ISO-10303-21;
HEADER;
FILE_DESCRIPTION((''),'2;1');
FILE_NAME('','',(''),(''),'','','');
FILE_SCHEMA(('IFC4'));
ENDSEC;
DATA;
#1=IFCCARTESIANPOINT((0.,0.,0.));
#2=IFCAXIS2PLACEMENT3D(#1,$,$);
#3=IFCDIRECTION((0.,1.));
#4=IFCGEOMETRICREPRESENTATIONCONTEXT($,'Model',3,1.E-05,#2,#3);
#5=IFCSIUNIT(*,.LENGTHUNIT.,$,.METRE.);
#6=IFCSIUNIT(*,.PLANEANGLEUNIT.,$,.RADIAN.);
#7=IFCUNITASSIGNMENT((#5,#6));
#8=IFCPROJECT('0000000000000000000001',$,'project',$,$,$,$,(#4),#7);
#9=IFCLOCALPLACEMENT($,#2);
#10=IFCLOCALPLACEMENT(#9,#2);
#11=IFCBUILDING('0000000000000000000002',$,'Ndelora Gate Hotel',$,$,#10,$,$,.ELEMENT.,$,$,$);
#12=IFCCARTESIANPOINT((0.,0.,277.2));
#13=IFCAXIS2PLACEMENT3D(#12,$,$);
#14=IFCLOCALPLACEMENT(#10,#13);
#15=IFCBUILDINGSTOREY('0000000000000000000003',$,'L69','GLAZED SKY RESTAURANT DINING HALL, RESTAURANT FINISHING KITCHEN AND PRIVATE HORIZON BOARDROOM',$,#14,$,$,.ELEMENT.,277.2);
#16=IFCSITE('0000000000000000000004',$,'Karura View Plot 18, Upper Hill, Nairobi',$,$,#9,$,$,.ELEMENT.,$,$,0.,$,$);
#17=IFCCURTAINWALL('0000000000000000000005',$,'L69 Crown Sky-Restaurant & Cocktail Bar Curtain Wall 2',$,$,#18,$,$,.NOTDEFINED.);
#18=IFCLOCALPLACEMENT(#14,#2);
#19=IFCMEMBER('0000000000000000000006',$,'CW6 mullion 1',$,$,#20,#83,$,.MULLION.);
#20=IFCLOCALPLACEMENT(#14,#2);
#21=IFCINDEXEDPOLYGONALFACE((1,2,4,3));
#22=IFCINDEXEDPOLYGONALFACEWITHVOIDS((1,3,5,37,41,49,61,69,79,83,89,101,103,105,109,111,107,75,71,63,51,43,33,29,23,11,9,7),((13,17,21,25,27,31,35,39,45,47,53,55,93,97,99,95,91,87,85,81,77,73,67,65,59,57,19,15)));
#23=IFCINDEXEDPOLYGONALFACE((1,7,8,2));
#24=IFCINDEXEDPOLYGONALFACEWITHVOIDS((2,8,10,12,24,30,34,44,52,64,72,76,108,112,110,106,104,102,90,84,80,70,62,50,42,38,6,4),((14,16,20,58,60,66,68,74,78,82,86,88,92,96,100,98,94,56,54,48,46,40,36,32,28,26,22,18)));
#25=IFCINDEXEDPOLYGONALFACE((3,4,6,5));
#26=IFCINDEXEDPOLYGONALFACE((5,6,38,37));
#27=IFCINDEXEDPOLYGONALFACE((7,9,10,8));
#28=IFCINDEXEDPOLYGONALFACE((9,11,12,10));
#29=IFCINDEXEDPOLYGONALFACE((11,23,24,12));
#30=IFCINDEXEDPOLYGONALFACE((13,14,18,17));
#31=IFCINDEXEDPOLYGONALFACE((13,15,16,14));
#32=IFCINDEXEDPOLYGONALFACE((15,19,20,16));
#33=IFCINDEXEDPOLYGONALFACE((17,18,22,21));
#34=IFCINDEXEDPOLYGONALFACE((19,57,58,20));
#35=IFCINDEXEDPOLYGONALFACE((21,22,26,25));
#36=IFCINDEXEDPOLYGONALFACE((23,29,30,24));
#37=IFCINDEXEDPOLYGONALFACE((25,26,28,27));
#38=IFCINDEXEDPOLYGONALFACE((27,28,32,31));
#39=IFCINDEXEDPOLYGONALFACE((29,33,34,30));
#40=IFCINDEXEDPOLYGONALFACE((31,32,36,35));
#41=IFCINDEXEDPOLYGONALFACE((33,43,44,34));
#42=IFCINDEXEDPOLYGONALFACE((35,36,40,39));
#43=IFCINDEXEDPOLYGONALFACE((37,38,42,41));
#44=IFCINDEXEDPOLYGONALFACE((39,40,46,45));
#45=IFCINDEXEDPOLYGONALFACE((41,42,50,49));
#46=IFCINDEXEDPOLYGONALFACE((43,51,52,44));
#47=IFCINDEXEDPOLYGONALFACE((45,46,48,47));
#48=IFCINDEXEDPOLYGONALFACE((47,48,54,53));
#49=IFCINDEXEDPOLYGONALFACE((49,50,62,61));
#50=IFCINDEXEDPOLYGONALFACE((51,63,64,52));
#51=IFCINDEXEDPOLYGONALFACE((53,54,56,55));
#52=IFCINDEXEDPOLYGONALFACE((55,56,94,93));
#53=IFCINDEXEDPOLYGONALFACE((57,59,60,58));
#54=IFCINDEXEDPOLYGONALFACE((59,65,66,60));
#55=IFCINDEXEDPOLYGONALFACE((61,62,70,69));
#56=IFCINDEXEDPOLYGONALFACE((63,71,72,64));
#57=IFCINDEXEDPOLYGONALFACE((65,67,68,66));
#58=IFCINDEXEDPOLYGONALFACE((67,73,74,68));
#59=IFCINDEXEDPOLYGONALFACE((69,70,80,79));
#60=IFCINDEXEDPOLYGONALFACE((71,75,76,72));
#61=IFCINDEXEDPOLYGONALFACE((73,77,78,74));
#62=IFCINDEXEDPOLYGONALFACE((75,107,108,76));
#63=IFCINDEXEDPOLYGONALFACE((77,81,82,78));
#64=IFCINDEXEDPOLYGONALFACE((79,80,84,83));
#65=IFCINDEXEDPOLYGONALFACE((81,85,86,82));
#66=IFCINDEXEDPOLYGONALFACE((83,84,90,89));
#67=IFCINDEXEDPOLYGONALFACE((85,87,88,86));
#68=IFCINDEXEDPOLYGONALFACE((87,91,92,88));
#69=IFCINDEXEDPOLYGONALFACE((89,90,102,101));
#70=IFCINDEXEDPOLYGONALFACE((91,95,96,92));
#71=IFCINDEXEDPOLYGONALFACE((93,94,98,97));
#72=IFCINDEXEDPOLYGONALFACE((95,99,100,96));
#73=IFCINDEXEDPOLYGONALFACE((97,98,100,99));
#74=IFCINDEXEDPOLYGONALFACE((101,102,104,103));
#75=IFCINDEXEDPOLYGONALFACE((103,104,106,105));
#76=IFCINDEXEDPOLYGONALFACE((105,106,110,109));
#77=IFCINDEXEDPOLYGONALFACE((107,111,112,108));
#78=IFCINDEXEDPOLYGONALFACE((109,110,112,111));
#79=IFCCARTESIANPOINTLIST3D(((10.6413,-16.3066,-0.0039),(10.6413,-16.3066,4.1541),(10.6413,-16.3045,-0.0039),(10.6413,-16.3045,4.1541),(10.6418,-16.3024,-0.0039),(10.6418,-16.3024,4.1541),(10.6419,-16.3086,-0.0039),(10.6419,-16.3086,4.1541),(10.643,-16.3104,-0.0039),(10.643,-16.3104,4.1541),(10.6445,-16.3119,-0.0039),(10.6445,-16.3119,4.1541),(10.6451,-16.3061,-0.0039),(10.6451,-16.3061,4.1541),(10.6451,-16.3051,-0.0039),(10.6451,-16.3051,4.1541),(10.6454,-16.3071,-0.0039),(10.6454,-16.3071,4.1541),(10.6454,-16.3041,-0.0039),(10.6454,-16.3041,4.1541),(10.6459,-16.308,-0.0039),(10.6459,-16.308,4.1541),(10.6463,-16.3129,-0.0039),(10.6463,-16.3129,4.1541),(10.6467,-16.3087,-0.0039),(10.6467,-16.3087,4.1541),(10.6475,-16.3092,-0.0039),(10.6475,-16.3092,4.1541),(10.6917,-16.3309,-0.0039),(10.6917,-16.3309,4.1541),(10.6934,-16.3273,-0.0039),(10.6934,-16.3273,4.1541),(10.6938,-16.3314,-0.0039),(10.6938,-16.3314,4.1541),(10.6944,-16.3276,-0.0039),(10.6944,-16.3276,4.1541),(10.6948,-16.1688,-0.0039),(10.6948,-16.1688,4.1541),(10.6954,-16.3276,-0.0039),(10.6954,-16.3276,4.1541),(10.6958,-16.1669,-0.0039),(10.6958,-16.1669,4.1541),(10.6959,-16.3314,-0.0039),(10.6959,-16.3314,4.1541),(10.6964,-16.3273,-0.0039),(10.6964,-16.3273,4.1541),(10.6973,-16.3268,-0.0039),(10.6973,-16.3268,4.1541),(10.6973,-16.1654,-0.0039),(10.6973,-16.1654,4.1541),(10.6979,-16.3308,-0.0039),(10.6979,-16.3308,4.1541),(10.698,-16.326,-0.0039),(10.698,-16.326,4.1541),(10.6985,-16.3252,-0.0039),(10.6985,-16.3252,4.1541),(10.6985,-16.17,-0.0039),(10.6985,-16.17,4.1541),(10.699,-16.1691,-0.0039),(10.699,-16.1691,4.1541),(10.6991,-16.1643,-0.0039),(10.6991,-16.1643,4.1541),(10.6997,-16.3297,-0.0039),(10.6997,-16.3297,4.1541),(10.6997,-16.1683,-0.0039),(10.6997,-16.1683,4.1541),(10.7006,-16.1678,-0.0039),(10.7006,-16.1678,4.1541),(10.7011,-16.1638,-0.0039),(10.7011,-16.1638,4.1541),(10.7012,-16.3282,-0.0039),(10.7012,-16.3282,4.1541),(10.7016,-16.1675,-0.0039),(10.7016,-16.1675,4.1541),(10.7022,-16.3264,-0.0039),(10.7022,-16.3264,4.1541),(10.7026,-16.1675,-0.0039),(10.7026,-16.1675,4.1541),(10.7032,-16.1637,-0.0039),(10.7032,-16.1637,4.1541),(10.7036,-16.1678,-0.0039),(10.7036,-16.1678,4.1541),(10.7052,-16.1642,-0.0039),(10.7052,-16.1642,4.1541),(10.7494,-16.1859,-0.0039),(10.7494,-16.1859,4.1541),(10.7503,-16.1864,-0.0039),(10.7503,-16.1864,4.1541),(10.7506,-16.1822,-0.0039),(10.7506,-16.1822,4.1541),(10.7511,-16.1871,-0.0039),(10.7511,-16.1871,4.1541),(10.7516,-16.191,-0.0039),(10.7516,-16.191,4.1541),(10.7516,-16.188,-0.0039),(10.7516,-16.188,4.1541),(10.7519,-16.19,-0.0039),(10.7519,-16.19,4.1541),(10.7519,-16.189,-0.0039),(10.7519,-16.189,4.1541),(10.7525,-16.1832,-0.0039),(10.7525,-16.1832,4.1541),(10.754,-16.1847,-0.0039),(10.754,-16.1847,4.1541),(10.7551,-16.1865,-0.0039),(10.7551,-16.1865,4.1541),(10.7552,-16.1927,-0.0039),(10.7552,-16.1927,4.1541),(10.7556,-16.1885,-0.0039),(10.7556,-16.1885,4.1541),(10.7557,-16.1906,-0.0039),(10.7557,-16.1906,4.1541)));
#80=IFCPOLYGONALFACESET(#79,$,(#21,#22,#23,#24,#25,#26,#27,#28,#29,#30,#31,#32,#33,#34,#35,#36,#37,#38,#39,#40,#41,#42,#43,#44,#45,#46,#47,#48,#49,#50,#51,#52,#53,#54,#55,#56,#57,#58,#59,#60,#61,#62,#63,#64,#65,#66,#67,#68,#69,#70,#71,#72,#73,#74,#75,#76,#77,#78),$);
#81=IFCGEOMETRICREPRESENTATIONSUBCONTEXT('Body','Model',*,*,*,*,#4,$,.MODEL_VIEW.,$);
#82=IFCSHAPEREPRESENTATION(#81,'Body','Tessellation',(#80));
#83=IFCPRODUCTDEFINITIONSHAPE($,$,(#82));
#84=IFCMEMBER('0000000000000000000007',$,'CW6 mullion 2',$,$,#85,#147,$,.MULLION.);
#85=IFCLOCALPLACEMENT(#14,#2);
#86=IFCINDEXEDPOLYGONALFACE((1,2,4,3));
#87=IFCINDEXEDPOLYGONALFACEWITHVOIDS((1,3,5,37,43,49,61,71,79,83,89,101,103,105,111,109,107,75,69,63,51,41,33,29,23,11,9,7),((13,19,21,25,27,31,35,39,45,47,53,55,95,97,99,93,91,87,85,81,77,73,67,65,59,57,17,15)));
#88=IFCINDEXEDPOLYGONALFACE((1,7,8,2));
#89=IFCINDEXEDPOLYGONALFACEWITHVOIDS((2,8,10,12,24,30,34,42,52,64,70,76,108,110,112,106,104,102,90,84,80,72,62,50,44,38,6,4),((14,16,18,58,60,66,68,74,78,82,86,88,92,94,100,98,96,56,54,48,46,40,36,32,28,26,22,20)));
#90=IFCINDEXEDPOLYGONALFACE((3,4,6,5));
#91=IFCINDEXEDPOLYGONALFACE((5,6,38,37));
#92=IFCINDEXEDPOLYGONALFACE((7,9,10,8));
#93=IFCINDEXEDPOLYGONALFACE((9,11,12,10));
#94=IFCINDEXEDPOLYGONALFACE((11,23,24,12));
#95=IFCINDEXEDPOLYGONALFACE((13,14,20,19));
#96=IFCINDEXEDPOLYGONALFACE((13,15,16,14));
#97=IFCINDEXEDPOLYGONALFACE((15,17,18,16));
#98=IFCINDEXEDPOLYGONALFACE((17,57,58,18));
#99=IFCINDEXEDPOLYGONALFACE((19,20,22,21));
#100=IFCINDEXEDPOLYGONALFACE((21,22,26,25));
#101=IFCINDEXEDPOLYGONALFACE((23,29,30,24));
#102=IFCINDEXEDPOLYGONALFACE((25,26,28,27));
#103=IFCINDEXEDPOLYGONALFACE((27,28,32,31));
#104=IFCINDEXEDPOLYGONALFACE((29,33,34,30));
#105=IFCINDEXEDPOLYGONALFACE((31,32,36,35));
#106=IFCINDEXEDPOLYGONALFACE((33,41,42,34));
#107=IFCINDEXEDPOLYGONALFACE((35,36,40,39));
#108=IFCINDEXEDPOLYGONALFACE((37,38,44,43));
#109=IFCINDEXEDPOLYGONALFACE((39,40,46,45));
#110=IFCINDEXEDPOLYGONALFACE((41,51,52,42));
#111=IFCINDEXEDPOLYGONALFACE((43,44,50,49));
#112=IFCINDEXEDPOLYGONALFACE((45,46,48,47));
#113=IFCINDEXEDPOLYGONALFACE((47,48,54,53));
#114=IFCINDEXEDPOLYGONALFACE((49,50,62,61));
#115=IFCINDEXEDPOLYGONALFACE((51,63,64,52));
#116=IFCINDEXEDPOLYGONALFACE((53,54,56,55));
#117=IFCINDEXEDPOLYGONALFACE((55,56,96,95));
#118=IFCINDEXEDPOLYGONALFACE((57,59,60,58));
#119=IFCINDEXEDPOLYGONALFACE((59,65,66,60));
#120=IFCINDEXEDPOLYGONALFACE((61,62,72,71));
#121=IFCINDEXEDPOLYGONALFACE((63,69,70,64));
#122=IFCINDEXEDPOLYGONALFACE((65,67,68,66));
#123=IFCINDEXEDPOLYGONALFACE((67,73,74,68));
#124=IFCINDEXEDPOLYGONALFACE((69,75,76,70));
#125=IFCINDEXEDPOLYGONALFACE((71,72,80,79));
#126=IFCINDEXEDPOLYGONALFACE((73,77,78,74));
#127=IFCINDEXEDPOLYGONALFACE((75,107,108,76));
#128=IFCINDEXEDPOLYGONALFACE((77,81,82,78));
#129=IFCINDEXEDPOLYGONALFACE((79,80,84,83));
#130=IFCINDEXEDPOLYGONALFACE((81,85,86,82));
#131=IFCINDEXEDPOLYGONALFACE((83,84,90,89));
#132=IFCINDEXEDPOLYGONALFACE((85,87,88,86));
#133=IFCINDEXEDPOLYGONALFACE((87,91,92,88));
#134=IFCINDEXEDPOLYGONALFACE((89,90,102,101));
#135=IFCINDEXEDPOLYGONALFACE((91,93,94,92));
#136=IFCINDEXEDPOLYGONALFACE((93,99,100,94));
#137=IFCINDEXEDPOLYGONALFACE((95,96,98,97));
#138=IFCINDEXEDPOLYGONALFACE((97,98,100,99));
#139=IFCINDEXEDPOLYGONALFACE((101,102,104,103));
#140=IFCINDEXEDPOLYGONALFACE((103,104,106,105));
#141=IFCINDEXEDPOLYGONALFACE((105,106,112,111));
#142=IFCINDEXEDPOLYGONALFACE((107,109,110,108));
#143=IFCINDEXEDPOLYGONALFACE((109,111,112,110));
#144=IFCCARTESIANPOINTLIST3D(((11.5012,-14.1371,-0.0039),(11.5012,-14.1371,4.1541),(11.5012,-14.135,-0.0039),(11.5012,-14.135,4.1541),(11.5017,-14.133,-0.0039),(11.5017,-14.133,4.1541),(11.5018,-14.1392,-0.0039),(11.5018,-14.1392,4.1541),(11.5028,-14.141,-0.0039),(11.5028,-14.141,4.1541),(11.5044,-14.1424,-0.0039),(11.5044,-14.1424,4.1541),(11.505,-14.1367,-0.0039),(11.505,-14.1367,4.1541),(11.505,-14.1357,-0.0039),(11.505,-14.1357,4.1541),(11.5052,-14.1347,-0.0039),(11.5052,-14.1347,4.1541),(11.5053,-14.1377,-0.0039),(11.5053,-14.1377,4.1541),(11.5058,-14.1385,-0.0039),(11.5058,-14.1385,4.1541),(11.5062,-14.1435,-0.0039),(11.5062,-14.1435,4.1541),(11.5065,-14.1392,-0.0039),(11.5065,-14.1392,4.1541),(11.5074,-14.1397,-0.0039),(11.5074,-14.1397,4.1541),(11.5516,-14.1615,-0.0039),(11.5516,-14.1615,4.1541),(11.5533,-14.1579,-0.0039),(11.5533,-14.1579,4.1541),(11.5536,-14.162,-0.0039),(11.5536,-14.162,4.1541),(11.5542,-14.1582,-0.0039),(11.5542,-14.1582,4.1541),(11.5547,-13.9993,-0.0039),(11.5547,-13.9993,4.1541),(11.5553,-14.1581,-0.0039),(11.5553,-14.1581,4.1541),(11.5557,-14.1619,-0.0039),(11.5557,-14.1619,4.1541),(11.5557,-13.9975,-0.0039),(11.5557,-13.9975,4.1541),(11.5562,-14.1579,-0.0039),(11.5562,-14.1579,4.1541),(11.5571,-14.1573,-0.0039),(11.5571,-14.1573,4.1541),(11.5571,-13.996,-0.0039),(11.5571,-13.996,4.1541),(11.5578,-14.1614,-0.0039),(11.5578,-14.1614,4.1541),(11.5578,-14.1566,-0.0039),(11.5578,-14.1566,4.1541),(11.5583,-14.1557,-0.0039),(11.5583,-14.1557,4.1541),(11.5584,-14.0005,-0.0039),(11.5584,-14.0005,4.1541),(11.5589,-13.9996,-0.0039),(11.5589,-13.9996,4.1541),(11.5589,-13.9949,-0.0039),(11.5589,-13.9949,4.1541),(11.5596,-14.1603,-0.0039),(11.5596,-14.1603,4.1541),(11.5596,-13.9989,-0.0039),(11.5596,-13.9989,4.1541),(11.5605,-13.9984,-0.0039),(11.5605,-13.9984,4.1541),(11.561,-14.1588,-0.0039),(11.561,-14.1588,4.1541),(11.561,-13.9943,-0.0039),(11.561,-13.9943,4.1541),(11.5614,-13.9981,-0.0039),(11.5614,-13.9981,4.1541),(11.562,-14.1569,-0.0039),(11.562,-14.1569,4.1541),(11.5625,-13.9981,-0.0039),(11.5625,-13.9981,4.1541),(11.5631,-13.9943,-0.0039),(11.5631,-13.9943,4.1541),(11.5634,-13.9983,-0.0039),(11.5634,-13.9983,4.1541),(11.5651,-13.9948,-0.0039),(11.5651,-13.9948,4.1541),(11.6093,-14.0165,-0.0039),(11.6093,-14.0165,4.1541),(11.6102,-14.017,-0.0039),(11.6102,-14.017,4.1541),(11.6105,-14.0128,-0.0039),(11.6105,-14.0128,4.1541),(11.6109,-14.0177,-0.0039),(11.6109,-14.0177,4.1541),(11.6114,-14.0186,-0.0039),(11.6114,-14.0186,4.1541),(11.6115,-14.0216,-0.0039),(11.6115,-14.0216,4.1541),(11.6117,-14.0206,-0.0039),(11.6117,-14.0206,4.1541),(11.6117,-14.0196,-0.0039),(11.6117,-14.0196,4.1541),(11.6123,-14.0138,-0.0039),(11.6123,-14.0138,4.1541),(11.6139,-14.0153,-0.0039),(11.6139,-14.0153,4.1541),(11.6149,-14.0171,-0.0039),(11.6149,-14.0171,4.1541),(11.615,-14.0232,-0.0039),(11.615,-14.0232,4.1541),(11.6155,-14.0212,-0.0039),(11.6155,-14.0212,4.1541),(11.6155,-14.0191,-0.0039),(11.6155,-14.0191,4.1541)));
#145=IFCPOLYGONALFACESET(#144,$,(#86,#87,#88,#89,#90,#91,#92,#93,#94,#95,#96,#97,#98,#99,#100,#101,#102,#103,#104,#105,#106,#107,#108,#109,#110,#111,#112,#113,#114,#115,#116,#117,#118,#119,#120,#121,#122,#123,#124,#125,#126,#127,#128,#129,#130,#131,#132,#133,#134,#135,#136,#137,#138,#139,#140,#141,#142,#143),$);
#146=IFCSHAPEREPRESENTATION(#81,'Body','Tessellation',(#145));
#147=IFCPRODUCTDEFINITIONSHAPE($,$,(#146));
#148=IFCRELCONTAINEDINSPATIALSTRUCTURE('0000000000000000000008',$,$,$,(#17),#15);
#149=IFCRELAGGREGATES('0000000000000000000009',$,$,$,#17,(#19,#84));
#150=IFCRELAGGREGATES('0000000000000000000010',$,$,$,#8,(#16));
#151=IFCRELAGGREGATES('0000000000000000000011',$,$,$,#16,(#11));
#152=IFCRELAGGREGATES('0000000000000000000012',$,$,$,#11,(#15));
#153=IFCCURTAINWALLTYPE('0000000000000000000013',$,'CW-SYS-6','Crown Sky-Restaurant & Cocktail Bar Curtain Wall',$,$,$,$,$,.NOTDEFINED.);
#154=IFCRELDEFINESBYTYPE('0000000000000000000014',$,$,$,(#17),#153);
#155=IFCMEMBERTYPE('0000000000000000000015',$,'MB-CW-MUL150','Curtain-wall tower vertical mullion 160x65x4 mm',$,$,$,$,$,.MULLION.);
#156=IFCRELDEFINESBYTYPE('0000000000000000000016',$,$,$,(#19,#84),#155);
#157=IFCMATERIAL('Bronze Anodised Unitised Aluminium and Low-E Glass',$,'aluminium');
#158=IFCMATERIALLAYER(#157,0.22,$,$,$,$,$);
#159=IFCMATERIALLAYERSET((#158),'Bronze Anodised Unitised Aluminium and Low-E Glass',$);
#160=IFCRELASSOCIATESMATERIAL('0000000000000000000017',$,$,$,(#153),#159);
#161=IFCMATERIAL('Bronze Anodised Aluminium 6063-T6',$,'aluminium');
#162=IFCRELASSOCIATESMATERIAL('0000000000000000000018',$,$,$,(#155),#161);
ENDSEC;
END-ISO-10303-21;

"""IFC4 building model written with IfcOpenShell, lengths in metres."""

from ifc_helpers import new_model, si_unit, direction, frame, origin, origin_2d, place, context, subcontext, project, spatial, hollow_rectangle, extrude, material, layer, layer_set, material_profile, profile_set, type_object, element, aggregate, save


model = new_model("IFC4")

# Units and contexts
model_context = context("Model", 3, precision=1e-05, world=origin(), true_north=direction((0.0, 1.0)))
body_context = subcontext(model_context, "Body", "Model", "MODEL_VIEW")
ifc_project = project(units=[si_unit("LENGTHUNIT", "METRE"), si_unit("PLANEANGLEUNIT", "RADIAN")], contexts=[model_context])

# Site, building, storey
site_placement = place(None, origin())
site = spatial("IfcSite", under=ifc_project, at=site_placement, Name="Karura View Plot 18, Upper Hill, Nairobi", CompositionType="ELEMENT", RefElevation=0.0)
building_placement = place(site_placement, origin())
building = spatial("IfcBuilding", under=site, at=building_placement, Name="Ndelora Gate Hotel", CompositionType="ELEMENT")
storey_placement = place(building_placement, frame((0.0, 0.0, 277.2)))
storey = spatial("IfcBuildingStorey", under=building, at=storey_placement, Name="L69", Description="GLAZED SKY RESTAURANT DINING HALL, RESTAURANT FINISHING KITCHEN AND PRIVATE HORIZON BOARDROOM", CompositionType="ELEMENT", Elevation=277.2)

# Curtain wall, members
ifc_material_1 = material(Name="Bronze Anodised Unitised Aluminium and Low-E Glass", Category="aluminium")
ifc_layer_1 = layer(ifc_material_1, 0.22)
ifc_layer_set_1 = layer_set([ifc_layer_1], Name="Bronze Anodised Unitised Aluminium and Low-E Glass")
curtain_wall_type = type_object("IfcCurtainWallType", Name="CW-SYS-6", Description="Crown Sky-Restaurant & Cocktail Bar Curtain Wall", PredefinedType="NOTDEFINED", material=ifc_layer_set_1)
curtain_wall_placement = place(storey_placement, origin())
curtain_wall = element("IfcCurtainWall", 1, at=curtain_wall_placement, inside=storey, type_object=curtain_wall_type, Name="L69 Crown Sky-Restaurant & Cocktail Bar Curtain Wall 2", PredefinedType="NOTDEFINED")
ifc_material_2 = material(Name="Bronze Anodised Aluminium 6063-T6", Category="aluminium")
ifc_material_profile_1 = material_profile(ifc_material_2, hollow_rectangle(XDim=0.0649, YDim=0.1599, WallThickness=0.0039, InnerFilletRadius=0.0039, OuterFilletRadius=0.0081, at=origin_2d()), Name="ALU 160x65x4")
ifc_profile_set_1 = profile_set([ifc_material_profile_1], Name="Bronze Anodised Aluminium 6063-T6")
member_type_1 = type_object("IfcMemberType", Name="MB-CW-MUL150", Description="Curtain-wall tower vertical mullion 160x65x4 mm", PredefinedType="MULLION", material=ifc_profile_set_1)
member_1_placement = place(storey_placement, frame((10.6985, -16.2476, -0.0039), z_axis=(0.0, 0.0, 1.0), x_axis=(-0.929665, 0.368406, 0.0)))
member_1 = element("IfcMember", 2, at=member_1_placement, type_object=member_type_1, Name="CW6 mullion 1", PredefinedType="MULLION", context=body_context, shape_type="SweptSolid", body=[
    extrude(hollow_rectangle(XDim=0.0649, YDim=0.1599, WallThickness=0.0039, InnerFilletRadius=0.0039, OuterFilletRadius=0.0081, at=origin_2d()), origin(), (0.0, 0.0, 1.0), 4.158),
])
member_2_placement = place(storey_placement, frame((11.5583, -14.0781, -0.0039), z_axis=(0.0, 0.0, 1.0), x_axis=(-0.929665, 0.368406, 0.0)))
member_2 = element("IfcMember", 3, at=member_2_placement, type_object=member_type_1, Name="CW6 mullion 2", PredefinedType="MULLION", context=body_context, shape_type="SweptSolid", body=[
    extrude(hollow_rectangle(XDim=0.0649, YDim=0.1599, WallThickness=0.0039, InnerFilletRadius=0.0039, OuterFilletRadius=0.0081, at=origin_2d()), origin(), (0.0, 0.0, 1.0), 4.158),
])
aggregate(curtain_wall, [member_1, member_2])

save(model, "model.ifc")
